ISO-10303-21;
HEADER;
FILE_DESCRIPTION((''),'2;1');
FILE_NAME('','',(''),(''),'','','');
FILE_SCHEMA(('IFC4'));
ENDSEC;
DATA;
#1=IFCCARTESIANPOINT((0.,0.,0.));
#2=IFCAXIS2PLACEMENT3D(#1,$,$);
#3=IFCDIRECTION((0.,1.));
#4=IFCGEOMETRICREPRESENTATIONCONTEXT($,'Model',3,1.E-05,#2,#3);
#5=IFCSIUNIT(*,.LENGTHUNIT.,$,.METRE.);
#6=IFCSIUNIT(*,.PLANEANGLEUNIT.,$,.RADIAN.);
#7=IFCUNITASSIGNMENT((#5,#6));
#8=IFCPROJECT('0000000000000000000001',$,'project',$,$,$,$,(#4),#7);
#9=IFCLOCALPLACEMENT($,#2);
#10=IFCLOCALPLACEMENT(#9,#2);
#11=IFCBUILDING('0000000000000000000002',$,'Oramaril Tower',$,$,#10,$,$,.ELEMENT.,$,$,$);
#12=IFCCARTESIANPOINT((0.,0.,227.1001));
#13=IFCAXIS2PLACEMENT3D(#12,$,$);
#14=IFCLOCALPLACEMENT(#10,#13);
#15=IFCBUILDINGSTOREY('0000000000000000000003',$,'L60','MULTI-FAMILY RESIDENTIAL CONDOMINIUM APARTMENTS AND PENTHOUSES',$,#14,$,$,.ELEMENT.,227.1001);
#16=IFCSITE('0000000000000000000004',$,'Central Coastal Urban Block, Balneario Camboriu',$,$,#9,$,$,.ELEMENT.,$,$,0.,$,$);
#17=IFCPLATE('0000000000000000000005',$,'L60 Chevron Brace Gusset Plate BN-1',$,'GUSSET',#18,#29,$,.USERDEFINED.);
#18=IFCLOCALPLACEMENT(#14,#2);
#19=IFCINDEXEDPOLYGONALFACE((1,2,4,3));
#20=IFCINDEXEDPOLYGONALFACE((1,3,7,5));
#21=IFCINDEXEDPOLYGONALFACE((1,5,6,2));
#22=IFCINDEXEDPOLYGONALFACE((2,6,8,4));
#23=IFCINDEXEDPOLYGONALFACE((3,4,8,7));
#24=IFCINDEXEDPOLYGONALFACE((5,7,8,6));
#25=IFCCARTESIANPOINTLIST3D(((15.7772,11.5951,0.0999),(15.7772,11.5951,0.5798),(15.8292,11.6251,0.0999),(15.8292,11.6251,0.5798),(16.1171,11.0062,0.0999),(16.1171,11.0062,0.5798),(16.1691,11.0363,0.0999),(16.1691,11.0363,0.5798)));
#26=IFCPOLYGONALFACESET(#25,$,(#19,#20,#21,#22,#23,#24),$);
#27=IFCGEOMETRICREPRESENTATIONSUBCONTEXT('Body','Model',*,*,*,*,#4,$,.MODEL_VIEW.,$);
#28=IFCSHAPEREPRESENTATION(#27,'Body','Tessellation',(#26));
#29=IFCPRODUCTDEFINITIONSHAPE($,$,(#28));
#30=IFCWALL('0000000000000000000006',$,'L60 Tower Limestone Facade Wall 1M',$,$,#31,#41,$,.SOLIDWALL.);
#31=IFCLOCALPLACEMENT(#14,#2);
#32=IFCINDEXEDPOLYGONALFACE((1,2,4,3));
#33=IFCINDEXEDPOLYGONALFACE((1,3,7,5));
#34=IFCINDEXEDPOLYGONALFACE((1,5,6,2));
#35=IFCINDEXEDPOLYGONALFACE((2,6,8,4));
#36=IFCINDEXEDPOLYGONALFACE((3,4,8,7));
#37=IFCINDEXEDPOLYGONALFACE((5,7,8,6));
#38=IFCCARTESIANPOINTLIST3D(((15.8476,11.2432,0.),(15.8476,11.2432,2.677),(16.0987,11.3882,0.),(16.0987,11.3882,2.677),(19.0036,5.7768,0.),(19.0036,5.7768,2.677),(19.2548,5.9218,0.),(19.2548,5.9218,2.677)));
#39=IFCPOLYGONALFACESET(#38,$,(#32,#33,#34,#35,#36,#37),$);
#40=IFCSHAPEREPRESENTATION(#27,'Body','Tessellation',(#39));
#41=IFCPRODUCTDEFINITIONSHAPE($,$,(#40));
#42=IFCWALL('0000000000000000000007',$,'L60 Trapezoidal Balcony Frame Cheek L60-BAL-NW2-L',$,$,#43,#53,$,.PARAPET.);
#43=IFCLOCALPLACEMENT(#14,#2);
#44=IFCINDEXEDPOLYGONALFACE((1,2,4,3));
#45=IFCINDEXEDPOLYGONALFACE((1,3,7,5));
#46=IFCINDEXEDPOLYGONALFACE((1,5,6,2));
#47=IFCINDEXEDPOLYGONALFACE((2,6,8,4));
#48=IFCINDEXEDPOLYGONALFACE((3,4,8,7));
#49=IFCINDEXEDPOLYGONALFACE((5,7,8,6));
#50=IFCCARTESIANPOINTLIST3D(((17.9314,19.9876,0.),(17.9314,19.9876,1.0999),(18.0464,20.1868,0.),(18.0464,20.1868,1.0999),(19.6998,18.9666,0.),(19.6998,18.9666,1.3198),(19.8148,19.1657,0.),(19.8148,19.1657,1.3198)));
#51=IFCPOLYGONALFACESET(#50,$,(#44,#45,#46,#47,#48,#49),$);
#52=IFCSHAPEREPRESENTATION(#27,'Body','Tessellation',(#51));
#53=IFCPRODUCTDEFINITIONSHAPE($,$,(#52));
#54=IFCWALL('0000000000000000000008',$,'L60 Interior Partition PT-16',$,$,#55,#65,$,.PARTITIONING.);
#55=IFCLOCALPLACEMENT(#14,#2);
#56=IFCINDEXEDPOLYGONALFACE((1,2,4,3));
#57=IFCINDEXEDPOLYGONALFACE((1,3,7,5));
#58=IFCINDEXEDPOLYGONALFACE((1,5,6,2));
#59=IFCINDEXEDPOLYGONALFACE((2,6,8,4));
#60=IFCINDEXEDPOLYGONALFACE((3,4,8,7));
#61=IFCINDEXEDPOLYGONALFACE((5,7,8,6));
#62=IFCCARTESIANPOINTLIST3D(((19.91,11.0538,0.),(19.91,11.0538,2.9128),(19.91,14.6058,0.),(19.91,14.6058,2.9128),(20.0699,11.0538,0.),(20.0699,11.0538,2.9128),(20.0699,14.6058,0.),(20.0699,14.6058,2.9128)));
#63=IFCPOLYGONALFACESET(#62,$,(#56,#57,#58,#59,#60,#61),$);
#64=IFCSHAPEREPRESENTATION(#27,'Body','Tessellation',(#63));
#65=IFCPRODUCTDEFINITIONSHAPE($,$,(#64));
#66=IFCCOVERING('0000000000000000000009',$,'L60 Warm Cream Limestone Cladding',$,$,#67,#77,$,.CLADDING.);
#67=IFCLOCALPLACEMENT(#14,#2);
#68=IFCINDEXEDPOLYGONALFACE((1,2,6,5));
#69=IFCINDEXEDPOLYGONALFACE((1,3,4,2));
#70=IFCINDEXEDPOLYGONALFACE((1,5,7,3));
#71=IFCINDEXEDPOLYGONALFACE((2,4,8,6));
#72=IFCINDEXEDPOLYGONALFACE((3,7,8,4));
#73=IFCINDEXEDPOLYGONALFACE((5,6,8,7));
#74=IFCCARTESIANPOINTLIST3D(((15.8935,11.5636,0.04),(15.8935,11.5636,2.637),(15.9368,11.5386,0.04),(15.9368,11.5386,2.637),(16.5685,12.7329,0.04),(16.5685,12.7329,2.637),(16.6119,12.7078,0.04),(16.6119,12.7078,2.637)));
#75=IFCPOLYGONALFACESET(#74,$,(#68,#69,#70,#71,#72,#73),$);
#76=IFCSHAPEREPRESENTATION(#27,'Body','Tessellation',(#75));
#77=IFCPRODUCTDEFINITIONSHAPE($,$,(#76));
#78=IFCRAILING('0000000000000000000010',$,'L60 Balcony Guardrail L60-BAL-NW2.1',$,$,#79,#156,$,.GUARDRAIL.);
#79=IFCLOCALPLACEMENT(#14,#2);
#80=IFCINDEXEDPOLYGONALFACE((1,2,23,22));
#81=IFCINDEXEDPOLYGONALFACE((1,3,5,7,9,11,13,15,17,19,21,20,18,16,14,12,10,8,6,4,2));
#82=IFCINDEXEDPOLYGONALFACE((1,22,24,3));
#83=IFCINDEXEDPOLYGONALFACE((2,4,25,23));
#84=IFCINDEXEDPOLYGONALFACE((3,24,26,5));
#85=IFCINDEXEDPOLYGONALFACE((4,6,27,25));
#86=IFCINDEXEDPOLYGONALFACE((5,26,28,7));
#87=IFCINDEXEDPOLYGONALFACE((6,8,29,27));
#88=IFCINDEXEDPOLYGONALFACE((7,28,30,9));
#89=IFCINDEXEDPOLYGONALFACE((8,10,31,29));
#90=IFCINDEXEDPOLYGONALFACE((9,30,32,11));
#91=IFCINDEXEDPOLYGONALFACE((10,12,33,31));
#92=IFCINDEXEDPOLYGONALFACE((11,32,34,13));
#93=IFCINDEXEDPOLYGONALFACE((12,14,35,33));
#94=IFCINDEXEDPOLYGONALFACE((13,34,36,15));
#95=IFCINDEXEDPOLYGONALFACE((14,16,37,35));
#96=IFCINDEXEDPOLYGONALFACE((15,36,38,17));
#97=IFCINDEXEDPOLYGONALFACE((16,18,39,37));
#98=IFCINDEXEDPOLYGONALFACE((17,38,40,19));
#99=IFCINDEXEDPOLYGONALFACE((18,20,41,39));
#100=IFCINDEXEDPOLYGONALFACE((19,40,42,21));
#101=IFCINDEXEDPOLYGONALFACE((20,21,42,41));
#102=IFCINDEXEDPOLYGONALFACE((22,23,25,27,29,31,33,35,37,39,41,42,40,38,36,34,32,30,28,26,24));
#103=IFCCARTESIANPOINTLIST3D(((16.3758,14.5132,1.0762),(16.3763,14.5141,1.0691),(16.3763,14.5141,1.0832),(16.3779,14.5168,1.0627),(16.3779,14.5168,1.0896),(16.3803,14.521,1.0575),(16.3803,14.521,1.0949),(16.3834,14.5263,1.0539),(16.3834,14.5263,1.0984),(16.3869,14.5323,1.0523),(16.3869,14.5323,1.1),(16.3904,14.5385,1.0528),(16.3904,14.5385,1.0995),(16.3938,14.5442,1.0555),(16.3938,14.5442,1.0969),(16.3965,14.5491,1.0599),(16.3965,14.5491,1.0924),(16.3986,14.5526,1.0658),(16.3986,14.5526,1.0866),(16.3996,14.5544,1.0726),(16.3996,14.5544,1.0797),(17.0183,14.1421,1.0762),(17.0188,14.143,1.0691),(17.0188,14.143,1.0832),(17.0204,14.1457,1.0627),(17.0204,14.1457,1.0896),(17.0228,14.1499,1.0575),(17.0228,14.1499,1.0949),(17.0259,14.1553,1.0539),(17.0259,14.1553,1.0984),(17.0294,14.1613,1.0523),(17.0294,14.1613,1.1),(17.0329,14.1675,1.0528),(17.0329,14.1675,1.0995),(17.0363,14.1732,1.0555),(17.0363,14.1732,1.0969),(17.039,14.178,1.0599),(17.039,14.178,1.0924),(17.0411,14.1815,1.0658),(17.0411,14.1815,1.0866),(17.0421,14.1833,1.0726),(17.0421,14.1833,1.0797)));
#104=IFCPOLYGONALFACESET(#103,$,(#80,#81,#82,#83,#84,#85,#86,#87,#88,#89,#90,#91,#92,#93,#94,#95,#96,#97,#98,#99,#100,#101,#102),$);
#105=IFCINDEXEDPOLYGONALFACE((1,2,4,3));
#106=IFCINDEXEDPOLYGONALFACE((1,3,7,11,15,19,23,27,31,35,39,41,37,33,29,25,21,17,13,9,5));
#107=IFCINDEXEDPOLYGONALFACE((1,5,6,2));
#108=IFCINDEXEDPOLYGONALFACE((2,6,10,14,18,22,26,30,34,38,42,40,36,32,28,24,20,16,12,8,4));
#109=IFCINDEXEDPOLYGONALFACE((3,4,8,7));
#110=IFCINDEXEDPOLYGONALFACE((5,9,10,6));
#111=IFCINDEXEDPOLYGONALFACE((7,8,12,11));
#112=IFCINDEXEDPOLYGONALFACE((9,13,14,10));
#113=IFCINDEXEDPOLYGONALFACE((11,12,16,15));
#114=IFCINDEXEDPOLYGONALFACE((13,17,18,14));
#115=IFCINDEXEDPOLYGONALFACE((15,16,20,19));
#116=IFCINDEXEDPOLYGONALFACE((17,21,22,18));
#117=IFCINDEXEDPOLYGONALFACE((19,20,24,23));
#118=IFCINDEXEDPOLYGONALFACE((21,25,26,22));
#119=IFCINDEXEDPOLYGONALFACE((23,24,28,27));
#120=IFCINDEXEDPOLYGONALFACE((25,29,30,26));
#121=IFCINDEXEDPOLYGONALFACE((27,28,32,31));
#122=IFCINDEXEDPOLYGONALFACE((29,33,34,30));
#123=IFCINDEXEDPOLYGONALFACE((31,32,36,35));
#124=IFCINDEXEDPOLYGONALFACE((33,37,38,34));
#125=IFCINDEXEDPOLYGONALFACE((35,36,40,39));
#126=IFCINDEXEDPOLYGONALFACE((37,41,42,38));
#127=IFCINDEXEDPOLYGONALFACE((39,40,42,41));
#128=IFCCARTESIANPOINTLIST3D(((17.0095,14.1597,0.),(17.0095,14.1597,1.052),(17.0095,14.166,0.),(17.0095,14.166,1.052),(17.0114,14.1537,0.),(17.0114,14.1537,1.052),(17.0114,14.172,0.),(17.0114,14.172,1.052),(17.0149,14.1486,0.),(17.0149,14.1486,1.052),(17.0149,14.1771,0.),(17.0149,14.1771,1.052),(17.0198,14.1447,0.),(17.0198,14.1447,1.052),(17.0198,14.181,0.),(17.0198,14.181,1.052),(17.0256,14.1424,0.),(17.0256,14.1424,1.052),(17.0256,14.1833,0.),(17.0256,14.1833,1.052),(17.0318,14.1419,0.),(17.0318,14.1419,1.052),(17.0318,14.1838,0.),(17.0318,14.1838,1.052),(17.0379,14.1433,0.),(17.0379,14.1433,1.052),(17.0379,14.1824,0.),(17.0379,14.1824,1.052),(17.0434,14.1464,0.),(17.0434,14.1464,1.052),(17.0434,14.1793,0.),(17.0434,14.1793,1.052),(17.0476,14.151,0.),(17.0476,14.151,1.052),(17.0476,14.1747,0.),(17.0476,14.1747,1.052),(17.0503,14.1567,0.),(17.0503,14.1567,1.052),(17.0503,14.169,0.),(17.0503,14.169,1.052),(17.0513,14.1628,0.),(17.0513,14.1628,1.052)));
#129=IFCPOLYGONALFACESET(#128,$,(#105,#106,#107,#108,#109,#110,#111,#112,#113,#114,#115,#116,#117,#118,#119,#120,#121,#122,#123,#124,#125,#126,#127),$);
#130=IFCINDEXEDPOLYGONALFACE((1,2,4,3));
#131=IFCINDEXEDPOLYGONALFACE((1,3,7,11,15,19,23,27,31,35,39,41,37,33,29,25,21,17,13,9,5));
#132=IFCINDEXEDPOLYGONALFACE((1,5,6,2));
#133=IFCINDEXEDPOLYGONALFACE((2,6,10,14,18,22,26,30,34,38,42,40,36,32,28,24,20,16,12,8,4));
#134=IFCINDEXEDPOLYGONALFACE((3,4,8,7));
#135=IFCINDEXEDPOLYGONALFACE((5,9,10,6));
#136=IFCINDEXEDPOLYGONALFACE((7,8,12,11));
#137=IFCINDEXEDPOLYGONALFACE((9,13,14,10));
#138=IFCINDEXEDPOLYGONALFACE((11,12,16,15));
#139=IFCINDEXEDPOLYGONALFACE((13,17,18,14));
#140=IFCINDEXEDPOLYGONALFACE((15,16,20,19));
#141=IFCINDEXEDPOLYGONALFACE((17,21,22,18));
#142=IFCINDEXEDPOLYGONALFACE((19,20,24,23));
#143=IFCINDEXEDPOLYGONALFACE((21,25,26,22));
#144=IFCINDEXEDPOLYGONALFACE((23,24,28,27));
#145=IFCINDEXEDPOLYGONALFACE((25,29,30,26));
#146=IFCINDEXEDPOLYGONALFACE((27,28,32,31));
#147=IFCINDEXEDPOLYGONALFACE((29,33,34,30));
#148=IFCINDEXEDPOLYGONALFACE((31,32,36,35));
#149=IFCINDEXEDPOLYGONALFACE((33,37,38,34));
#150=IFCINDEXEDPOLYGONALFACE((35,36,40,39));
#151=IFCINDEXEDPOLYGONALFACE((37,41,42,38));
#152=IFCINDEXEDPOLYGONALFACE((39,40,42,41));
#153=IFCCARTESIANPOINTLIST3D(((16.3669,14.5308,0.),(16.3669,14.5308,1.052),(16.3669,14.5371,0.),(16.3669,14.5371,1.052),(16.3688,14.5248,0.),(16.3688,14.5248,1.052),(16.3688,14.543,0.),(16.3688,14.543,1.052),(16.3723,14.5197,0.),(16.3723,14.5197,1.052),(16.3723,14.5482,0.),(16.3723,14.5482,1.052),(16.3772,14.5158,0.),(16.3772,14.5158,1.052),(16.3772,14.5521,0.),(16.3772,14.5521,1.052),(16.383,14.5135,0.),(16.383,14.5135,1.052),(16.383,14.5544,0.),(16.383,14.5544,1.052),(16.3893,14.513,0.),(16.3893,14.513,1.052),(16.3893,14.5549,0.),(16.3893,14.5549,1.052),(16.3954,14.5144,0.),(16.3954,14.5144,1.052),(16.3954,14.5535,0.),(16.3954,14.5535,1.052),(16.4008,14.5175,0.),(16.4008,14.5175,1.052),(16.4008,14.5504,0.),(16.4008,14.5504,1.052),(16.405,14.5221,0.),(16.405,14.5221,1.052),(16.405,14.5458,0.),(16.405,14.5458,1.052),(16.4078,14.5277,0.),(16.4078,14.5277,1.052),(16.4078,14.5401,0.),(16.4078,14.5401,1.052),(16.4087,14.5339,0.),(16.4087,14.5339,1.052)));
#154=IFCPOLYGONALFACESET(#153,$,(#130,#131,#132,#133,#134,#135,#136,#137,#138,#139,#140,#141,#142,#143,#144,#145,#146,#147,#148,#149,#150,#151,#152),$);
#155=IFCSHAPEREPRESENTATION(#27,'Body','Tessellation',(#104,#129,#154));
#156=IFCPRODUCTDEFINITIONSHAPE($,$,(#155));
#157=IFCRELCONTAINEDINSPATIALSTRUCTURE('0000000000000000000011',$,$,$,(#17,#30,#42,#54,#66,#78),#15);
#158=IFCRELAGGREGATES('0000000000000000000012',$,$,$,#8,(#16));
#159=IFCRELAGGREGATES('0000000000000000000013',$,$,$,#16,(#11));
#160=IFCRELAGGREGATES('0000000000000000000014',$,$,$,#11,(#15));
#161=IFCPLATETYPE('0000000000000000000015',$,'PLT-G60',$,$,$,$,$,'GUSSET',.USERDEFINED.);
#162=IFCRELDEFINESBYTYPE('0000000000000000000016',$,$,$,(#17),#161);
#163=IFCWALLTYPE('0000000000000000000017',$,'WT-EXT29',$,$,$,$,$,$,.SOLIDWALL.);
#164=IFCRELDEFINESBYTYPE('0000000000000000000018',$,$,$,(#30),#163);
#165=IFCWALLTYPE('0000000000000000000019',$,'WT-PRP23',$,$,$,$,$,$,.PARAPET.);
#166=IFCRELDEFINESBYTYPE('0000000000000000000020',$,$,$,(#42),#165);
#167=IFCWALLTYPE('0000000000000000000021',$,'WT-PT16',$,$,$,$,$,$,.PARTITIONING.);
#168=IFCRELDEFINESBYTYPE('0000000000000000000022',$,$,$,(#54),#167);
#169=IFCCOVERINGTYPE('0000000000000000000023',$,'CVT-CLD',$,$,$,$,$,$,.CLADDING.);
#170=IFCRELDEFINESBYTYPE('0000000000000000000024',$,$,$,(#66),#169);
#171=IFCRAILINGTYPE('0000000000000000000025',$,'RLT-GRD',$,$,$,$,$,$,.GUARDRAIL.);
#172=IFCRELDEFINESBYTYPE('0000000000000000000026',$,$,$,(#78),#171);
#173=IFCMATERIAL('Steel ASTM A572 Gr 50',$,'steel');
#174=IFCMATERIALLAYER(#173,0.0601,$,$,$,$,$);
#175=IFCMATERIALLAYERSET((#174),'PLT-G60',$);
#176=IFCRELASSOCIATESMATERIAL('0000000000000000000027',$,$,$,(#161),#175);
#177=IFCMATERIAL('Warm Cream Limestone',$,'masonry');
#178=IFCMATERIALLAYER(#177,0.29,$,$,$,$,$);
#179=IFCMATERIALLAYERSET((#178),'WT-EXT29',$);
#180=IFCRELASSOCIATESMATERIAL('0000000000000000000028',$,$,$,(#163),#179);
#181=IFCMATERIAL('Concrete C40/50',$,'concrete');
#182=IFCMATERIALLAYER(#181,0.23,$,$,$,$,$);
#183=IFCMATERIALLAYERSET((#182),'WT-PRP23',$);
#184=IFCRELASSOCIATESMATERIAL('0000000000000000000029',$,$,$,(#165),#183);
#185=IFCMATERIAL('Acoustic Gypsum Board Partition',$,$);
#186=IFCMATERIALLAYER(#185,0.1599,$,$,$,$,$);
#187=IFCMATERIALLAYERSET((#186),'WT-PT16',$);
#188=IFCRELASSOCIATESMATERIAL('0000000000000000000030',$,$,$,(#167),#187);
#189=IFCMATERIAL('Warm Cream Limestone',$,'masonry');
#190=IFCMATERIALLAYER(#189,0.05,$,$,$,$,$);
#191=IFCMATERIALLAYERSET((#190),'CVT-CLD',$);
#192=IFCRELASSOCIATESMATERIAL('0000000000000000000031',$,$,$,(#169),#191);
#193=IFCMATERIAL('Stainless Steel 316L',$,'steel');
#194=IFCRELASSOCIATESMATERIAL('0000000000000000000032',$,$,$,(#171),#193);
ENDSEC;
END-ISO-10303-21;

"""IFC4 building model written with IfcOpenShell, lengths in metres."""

from ifc_helpers import new_model, si_unit, direction, frame, frame_2d, origin, origin_2d, place, context, subcontext, project, spatial, polyline, rectangle, circle, outline, extrude, material, layer, layer_set, type_object, element, save


model = new_model("IFC4")

# Units and contexts
model_context = context("Model", 3, precision=1e-05, world=origin(), true_north=direction((0.0, 1.0)))
body_context = subcontext(model_context, "Body", "Model", "MODEL_VIEW")
ifc_project = project(units=[si_unit("LENGTHUNIT", "METRE"), si_unit("PLANEANGLEUNIT", "RADIAN")], contexts=[model_context])

# Site, building, storey
site_placement = place(None, origin())
site = spatial("IfcSite", under=ifc_project, at=site_placement, Name="Central Coastal Urban Block, Balneario Camboriu", CompositionType="ELEMENT", RefElevation=0.0)
building_placement = place(site_placement, origin())
building = spatial("IfcBuilding", under=site, at=building_placement, Name="Oramaril Tower", CompositionType="ELEMENT")
storey_placement = place(building_placement, frame((0.0, 0.0, 227.1001)))
storey = spatial("IfcBuildingStorey", under=building, at=storey_placement, Name="L60", Description="MULTI-FAMILY RESIDENTIAL CONDOMINIUM APARTMENTS AND PENTHOUSES", CompositionType="ELEMENT", Elevation=227.1001)

# Plate
ifc_material_1 = material(Name="Steel ASTM A572 Gr 50", Category="steel")
ifc_layer_1 = layer(ifc_material_1, 0.0601)
ifc_layer_set_1 = layer_set([ifc_layer_1], Name="PLT-G60")
plate_type = type_object("IfcPlateType", Name="PLT-G60", ElementType="GUSSET", PredefinedType="USERDEFINED", material=ifc_layer_set_1)
plate_placement = place(storey_placement, frame((15.9731, 11.3157, 0.0999), z_axis=(0.0, 0.0, 1.0), x_axis=(0.500003, -0.866024, 0.0)))
element("IfcPlate", 1, at=plate_placement, inside=storey, type_object=plate_type, Name="L60 Chevron Brace Gusset Plate BN-1", ObjectType="GUSSET", PredefinedType="USERDEFINED", context=body_context, shape_type="SweptSolid", body=[
    extrude(rectangle(XDim=0.6799, YDim=0.0601, at=origin_2d()), origin(), (0.0, 0.0, 1.0), 0.48),
])

# Walls
ifc_material_2 = material(Name="Warm Cream Limestone", Category="masonry")
ifc_layer_2 = layer(ifc_material_2, 0.29)
ifc_layer_set_2 = layer_set([ifc_layer_2], Name="WT-EXT29")
wall_type_1 = type_object("IfcWallType", Name="WT-EXT29", PredefinedType="SOLIDWALL", material=ifc_layer_set_2)
wall_1_placement = place(storey_placement, frame((15.9731, 11.3157, 0.0), z_axis=(0.0, 0.0, 1.0), x_axis=(0.500004, -0.866023, 0.0)))
element("IfcWall", 2, at=wall_1_placement, inside=storey, type_object=wall_type_1, Name="L60 Tower Limestone Facade Wall 1M", PredefinedType="SOLIDWALL", context=body_context, shape_type="SweptSolid", body=[
    extrude(rectangle(XDim=6.312, YDim=0.29, at=frame_2d((3.156, 0.0))), origin(), (0.0, 0.0, 1.0), 2.677),
])
ifc_material_3 = material(Name="Concrete C40/50", Category="concrete")
ifc_layer_3 = layer(ifc_material_3, 0.23)
ifc_layer_set_3 = layer_set([ifc_layer_3], Name="WT-PRP23")
wall_type_2 = type_object("IfcWallType", Name="WT-PRP23", PredefinedType="PARAPET", material=ifc_layer_set_3)
wall_2_placement = place(storey_placement, frame((19.7573, 19.0662, 0.0), z_axis=(0.0, 0.0, 1.0), x_axis=(-0.866012, 0.500023, 0.0)))
element("IfcWall", 3, at=wall_2_placement, inside=storey, type_object=wall_type_2, Name="L60 Trapezoidal Balcony Frame Cheek L60-BAL-NW2-L", PredefinedType="PARAPET", context=body_context, shape_type="SweptSolid", body=[
    extrude(outline(polyline([(0.0, 0.0), (2.042, 0.0), (2.042, 1.0999), (0.0, 1.3198), (0.0, 0.0)])), frame((0.0, 0.115, 0.0), z_axis=(0.0, -1.0, 0.0), x_axis=(1.0, 0.0, 0.0)), (0.0, 0.0, 1.0), 0.23),
])

# Shared definitions
ifc_material_4 = material(Name="Acoustic Gypsum Board Partition")
ifc_layer_4 = layer(ifc_material_4, 0.1599)
ifc_layer_set_4 = layer_set([ifc_layer_4], Name="WT-PT16")
wall_type_3 = type_object("IfcWallType", Name="WT-PT16", PredefinedType="PARTITIONING", material=ifc_layer_set_4)

# Wall
wall_3_placement = place(storey_placement, frame((19.99, 11.054, 0.0), z_axis=(0.0, 0.0, 1.0), x_axis=(0.0, 1.0, 0.0)))
element("IfcWall", 4, at=wall_3_placement, inside=storey, type_object=wall_type_3, Name="L60 Interior Partition PT-16", PredefinedType="PARTITIONING", context=body_context, shape_type="SweptSolid", body=[
    extrude(rectangle(XDim=3.552, YDim=0.1599, at=frame_2d((1.7759, 0.0))), origin(), (0.0, 0.0, 1.0), 2.9128),
])

# Covering
ifc_material_5 = material(Name="Warm Cream Limestone", Category="masonry")
ifc_layer_5 = layer(ifc_material_5, 0.05)
ifc_layer_set_5 = layer_set([ifc_layer_5], Name="CVT-CLD")
covering_type = type_object("IfcCoveringType", Name="CVT-CLD", PredefinedType="CLADDING", material=ifc_layer_set_5)
covering_placement = place(storey_placement, frame((16.2527, 12.1357, 0.04), z_axis=(0.0, 0.0, 1.0), x_axis=(-0.499998, -0.866026, 0.0)))
element("IfcCovering", 5, at=covering_placement, inside=storey, type_object=covering_type, Name="L60 Warm Cream Limestone Cladding", PredefinedType="CLADDING", context=body_context, shape_type="SweptSolid", body=[
    extrude(rectangle(XDim=1.3501, YDim=0.05, at=origin_2d()), origin(), (0.0, 0.0, 1.0), 2.5969),
])

# Railing
ifc_material_6 = material(Name="Stainless Steel 316L", Category="steel")
railing_type = type_object("IfcRailingType", Name="RLT-GRD", PredefinedType="GUARDRAIL", material=ifc_material_6)
railing_1_placement = place(storey_placement, frame((17.0303, 14.1628, 0.0)))
element("IfcRailing", 6, at=railing_1_placement, inside=storey, type_object=railing_type, Name="L60 Balcony Guardrail L60-BAL-NW2.1", PredefinedType="GUARDRAIL", context=body_context, shape_type="SweptSolid", body=[
    extrude(circle(Radius=0.0239, at=origin_2d()), frame((0.0, 0.0, 1.0762), z_axis=(-0.865966, 0.500102, 0.0), x_axis=(-0.500102, -0.865966, 0.0)), (0.0, 0.0, 1.0), 0.7419),
    extrude(circle(Radius=0.021, at=origin_2d()), origin(), (0.0, 0.0, 1.0), 1.052),
    extrude(circle(Radius=0.021, at=origin_2d()), frame((-0.6426, 0.3711, 0.0)), (0.0, 0.0, 1.0), 1.052),
])

save(model, "model.ifc")
